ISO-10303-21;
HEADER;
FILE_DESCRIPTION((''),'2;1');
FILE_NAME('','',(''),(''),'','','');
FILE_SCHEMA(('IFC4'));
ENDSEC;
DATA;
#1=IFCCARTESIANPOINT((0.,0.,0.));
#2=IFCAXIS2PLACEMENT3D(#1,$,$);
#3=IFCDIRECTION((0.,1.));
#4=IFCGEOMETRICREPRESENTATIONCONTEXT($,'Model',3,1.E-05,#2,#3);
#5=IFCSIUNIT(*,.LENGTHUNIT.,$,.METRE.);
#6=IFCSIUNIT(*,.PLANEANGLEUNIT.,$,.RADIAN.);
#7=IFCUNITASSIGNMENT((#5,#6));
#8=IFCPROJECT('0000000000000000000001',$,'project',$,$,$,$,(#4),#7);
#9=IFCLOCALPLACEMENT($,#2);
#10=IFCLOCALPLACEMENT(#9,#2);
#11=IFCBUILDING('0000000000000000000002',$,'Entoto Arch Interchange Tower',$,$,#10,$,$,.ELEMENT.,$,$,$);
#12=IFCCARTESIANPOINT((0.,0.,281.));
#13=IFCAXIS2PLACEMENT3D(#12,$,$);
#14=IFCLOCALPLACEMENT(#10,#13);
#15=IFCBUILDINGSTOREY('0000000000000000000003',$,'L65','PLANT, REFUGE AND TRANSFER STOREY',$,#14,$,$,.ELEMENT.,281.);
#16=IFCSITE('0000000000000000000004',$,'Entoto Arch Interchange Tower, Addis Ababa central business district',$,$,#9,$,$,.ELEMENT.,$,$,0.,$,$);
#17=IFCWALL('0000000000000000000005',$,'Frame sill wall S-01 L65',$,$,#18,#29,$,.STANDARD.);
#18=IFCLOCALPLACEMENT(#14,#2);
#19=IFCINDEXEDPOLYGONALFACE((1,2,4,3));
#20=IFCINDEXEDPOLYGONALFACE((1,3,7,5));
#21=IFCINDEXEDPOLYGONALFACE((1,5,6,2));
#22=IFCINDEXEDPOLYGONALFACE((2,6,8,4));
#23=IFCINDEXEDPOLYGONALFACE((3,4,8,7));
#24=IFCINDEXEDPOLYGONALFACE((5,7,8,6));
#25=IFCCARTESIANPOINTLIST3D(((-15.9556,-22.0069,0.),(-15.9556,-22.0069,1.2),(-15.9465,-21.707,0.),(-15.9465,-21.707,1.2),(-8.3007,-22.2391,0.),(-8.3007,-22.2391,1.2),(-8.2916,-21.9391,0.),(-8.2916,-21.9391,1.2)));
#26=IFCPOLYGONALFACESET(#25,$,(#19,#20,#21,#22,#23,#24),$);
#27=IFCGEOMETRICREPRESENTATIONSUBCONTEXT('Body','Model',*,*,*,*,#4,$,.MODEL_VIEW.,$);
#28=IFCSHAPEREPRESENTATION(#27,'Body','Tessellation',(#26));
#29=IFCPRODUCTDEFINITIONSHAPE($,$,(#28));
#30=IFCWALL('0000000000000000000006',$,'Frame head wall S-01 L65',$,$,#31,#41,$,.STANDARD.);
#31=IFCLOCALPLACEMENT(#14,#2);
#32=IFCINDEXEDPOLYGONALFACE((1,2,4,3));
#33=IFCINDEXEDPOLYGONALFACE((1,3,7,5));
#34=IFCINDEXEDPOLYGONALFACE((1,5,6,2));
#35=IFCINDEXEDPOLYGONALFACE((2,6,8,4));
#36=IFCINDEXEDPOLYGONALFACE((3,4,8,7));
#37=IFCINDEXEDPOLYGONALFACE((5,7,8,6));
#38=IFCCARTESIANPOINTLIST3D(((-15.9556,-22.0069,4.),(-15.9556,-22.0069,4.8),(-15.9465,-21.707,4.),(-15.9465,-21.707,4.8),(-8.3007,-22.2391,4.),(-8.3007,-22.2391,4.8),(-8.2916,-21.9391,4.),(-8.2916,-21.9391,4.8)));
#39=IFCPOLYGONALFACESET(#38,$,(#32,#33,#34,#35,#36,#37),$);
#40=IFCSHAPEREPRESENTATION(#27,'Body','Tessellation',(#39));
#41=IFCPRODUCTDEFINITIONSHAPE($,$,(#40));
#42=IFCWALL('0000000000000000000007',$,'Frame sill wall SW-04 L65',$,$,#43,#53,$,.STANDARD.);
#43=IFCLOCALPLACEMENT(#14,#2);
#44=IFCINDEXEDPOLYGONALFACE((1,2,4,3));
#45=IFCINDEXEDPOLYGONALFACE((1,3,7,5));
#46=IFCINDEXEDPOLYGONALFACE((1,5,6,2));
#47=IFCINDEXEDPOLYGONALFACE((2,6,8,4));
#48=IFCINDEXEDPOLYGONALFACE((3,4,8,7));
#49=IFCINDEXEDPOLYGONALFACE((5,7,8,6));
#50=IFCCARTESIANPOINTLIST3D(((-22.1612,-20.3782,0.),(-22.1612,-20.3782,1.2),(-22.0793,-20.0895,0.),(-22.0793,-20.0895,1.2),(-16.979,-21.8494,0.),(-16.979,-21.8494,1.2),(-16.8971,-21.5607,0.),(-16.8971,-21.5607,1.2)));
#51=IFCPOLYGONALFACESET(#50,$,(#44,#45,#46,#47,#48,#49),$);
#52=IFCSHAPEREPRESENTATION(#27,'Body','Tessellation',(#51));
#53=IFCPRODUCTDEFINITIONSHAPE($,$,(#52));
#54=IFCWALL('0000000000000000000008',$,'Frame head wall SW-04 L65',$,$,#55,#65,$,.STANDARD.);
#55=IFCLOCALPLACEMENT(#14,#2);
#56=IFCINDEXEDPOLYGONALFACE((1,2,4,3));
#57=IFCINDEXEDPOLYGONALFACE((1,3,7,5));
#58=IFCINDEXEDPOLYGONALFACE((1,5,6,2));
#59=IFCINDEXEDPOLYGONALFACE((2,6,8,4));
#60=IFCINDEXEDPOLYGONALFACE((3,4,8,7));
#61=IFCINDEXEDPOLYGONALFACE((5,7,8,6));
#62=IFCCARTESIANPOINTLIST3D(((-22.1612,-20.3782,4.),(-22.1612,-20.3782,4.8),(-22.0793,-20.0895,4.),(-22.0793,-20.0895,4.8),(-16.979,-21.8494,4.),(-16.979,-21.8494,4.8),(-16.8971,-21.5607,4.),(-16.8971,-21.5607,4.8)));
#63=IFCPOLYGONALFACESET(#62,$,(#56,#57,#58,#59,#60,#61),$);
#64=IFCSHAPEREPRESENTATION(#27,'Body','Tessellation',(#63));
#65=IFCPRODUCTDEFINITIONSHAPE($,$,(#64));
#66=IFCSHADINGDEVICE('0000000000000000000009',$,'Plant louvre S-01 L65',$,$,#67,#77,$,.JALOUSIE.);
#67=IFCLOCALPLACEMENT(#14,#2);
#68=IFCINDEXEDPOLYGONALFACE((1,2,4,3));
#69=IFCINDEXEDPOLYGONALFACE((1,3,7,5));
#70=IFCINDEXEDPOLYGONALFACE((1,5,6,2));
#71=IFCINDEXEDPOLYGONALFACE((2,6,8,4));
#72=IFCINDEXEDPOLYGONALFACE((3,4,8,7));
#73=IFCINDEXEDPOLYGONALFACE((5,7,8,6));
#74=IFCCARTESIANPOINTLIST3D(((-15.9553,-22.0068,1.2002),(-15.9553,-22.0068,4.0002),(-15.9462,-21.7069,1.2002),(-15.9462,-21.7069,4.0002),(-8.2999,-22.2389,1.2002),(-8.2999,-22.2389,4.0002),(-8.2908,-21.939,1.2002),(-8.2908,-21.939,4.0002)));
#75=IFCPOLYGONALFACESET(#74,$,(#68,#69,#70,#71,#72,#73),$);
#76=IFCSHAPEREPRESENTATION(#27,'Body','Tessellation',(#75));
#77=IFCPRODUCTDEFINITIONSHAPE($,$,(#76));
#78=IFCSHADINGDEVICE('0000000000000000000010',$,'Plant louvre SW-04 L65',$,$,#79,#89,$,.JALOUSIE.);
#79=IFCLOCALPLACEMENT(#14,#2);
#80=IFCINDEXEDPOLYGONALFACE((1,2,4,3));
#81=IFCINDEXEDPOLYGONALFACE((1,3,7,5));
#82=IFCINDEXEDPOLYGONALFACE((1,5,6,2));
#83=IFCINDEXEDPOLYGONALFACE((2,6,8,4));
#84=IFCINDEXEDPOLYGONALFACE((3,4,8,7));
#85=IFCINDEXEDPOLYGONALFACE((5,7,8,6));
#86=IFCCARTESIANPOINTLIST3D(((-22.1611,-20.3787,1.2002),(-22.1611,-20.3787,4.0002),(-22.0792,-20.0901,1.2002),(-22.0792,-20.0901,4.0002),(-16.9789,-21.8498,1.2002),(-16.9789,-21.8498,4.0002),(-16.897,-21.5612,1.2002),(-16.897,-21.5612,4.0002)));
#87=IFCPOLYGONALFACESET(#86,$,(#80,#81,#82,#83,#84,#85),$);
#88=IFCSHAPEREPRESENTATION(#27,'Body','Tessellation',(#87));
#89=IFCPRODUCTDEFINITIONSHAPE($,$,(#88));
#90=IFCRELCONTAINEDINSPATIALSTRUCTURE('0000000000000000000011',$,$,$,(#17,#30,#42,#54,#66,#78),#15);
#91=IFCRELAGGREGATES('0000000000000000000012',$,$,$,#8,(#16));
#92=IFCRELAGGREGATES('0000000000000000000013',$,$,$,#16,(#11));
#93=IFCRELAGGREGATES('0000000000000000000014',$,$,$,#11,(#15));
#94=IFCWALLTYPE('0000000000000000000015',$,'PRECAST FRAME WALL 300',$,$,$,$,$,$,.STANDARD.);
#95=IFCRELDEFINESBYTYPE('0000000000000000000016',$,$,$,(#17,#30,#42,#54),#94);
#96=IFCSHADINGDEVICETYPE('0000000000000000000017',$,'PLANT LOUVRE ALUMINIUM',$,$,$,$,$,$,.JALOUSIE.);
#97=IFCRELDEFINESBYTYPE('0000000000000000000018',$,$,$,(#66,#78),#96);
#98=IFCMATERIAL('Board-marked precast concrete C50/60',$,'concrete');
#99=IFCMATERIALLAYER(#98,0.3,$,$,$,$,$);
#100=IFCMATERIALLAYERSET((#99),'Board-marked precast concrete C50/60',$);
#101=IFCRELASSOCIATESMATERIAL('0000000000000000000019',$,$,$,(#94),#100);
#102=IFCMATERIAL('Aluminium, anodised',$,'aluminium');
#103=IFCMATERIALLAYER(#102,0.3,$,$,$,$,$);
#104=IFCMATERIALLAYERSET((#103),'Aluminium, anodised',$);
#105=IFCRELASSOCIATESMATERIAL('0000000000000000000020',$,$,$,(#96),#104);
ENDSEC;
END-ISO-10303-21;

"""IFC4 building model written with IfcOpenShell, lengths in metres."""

from ifc_helpers import new_model, si_unit, direction, frame, frame_2d, origin, origin_2d, place, context, subcontext, project, spatial, rectangle, extrude, material, layer, layer_set, type_object, element, save


model = new_model("IFC4")

# Units and contexts
model_context = context("Model", 3, precision=1e-05, world=origin(), true_north=direction((0.0, 1.0)))
body_context = subcontext(model_context, "Body", "Model", "MODEL_VIEW")
ifc_project = project(units=[si_unit("LENGTHUNIT", "METRE"), si_unit("PLANEANGLEUNIT", "RADIAN")], contexts=[model_context])

# Site, building, storey
site_placement = place(None, origin())
site = spatial("IfcSite", under=ifc_project, at=site_placement, Name="Entoto Arch Interchange Tower, Addis Ababa central business district", CompositionType="ELEMENT", RefElevation=0.0)
building_placement = place(site_placement, origin())
building = spatial("IfcBuilding", under=site, at=building_placement, Name="Entoto Arch Interchange Tower", CompositionType="ELEMENT")
storey_placement = place(building_placement, frame((0.0, 0.0, 281.0)))
storey = spatial("IfcBuildingStorey", under=building, at=storey_placement, Name="L65", Description="PLANT, REFUGE AND TRANSFER STOREY", CompositionType="ELEMENT", Elevation=281.0)

# Walls
ifc_material_1 = material(Name="Board-marked precast concrete C50/60", Category="concrete")
ifc_layer_1 = layer(ifc_material_1, 0.3)
ifc_layer_set_1 = layer_set([ifc_layer_1], Name="Board-marked precast concrete C50/60")
wall_type_1 = type_object("IfcWallType", Name="PRECAST FRAME WALL 300", PredefinedType="STANDARD", material=ifc_layer_set_1)
wall_1_placement = place(storey_placement, frame((-15.9509, -21.8569, 0.0), z_axis=(0.0, 0.0, 1.0), x_axis=(0.99954, -0.030316, 0.0)))
element("IfcWall", 1, at=wall_1_placement, inside=storey, type_object=wall_type_1, Name="Frame sill wall S-01 L65", PredefinedType="STANDARD", context=body_context, shape_type="SweptSolid", body=[
    extrude(rectangle(XDim=7.6584, YDim=0.3, at=frame_2d((3.8291, 0.0))), origin(), (0.0, 0.0, 1.0), 1.2),
])
wall_2_placement = place(storey_placement, frame((-15.9509, -21.8569, 4.0), z_axis=(0.0, 0.0, 1.0), x_axis=(0.99954, -0.030316, 0.0)))
element("IfcWall", 2, at=wall_2_placement, inside=storey, type_object=wall_type_1, Name="Frame head wall S-01 L65", PredefinedType="STANDARD", context=body_context, shape_type="SweptSolid", body=[
    extrude(rectangle(XDim=7.6584, YDim=0.3, at=frame_2d((3.8291, 0.0))), origin(), (0.0, 0.0, 1.0), 0.8),
])
wall_3_placement = place(storey_placement, frame((-22.1201, -20.2339, 0.0), z_axis=(0.0, 0.0, 1.0), x_axis=(0.961984, -0.273105, 0.0)))
element("IfcWall", 3, at=wall_3_placement, inside=storey, type_object=wall_type_1, Name="Frame sill wall SW-04 L65", PredefinedType="STANDARD", context=body_context, shape_type="SweptSolid", body=[
    extrude(rectangle(XDim=5.387, YDim=0.3, at=frame_2d((2.6934, 0.0))), origin(), (0.0, 0.0, 1.0), 1.2),
])
wall_4_placement = place(storey_placement, frame((-22.1201, -20.2339, 4.0), z_axis=(0.0, 0.0, 1.0), x_axis=(0.961984, -0.273105, 0.0)))
element("IfcWall", 4, at=wall_4_placement, inside=storey, type_object=wall_type_1, Name="Frame head wall SW-04 L65", PredefinedType="STANDARD", context=body_context, shape_type="SweptSolid", body=[
    extrude(rectangle(XDim=5.387, YDim=0.3, at=frame_2d((2.6934, 0.0))), origin(), (0.0, 0.0, 1.0), 0.8),
])

# Shading devices
ifc_material_2 = material(Name="Aluminium, anodised", Category="aluminium")
ifc_layer_2 = layer(ifc_material_2, 0.3)
ifc_layer_set_2 = layer_set([ifc_layer_2], Name="Aluminium, anodised")
shading_device_type = type_object("IfcShadingDeviceType", Name="PLANT LOUVRE ALUMINIUM", PredefinedType="JALOUSIE", material=ifc_layer_set_2)
shading_device_1_placement = place(storey_placement, frame((-12.123, -21.9729, 1.2002), z_axis=(0.0, 0.0, 1.0), x_axis=(0.999541, -0.030294, 0.0)))
element("IfcShadingDevice", 5, at=shading_device_1_placement, inside=storey, type_object=shading_device_type, Name="Plant louvre S-01 L65", PredefinedType="JALOUSIE", context=body_context, shape_type="SweptSolid", body=[
    extrude(rectangle(XDim=7.6589, YDim=0.3, at=origin_2d()), origin(), (0.0, 0.0, 1.0), 2.8),
])
shading_device_2_placement = place(storey_placement, frame((-19.5291, -20.97, 1.2002), z_axis=(0.0, 0.0, 1.0), x_axis=(0.96199, -0.273086, 0.0)))
element("IfcShadingDevice", 6, at=shading_device_2_placement, inside=storey, type_object=shading_device_type, Name="Plant louvre SW-04 L65", PredefinedType="JALOUSIE", context=body_context, shape_type="SweptSolid", body=[
    extrude(rectangle(XDim=5.387, YDim=0.3, at=origin_2d()), origin(), (0.0, 0.0, 1.0), 2.8),
])

save(model, "model.ifc")
